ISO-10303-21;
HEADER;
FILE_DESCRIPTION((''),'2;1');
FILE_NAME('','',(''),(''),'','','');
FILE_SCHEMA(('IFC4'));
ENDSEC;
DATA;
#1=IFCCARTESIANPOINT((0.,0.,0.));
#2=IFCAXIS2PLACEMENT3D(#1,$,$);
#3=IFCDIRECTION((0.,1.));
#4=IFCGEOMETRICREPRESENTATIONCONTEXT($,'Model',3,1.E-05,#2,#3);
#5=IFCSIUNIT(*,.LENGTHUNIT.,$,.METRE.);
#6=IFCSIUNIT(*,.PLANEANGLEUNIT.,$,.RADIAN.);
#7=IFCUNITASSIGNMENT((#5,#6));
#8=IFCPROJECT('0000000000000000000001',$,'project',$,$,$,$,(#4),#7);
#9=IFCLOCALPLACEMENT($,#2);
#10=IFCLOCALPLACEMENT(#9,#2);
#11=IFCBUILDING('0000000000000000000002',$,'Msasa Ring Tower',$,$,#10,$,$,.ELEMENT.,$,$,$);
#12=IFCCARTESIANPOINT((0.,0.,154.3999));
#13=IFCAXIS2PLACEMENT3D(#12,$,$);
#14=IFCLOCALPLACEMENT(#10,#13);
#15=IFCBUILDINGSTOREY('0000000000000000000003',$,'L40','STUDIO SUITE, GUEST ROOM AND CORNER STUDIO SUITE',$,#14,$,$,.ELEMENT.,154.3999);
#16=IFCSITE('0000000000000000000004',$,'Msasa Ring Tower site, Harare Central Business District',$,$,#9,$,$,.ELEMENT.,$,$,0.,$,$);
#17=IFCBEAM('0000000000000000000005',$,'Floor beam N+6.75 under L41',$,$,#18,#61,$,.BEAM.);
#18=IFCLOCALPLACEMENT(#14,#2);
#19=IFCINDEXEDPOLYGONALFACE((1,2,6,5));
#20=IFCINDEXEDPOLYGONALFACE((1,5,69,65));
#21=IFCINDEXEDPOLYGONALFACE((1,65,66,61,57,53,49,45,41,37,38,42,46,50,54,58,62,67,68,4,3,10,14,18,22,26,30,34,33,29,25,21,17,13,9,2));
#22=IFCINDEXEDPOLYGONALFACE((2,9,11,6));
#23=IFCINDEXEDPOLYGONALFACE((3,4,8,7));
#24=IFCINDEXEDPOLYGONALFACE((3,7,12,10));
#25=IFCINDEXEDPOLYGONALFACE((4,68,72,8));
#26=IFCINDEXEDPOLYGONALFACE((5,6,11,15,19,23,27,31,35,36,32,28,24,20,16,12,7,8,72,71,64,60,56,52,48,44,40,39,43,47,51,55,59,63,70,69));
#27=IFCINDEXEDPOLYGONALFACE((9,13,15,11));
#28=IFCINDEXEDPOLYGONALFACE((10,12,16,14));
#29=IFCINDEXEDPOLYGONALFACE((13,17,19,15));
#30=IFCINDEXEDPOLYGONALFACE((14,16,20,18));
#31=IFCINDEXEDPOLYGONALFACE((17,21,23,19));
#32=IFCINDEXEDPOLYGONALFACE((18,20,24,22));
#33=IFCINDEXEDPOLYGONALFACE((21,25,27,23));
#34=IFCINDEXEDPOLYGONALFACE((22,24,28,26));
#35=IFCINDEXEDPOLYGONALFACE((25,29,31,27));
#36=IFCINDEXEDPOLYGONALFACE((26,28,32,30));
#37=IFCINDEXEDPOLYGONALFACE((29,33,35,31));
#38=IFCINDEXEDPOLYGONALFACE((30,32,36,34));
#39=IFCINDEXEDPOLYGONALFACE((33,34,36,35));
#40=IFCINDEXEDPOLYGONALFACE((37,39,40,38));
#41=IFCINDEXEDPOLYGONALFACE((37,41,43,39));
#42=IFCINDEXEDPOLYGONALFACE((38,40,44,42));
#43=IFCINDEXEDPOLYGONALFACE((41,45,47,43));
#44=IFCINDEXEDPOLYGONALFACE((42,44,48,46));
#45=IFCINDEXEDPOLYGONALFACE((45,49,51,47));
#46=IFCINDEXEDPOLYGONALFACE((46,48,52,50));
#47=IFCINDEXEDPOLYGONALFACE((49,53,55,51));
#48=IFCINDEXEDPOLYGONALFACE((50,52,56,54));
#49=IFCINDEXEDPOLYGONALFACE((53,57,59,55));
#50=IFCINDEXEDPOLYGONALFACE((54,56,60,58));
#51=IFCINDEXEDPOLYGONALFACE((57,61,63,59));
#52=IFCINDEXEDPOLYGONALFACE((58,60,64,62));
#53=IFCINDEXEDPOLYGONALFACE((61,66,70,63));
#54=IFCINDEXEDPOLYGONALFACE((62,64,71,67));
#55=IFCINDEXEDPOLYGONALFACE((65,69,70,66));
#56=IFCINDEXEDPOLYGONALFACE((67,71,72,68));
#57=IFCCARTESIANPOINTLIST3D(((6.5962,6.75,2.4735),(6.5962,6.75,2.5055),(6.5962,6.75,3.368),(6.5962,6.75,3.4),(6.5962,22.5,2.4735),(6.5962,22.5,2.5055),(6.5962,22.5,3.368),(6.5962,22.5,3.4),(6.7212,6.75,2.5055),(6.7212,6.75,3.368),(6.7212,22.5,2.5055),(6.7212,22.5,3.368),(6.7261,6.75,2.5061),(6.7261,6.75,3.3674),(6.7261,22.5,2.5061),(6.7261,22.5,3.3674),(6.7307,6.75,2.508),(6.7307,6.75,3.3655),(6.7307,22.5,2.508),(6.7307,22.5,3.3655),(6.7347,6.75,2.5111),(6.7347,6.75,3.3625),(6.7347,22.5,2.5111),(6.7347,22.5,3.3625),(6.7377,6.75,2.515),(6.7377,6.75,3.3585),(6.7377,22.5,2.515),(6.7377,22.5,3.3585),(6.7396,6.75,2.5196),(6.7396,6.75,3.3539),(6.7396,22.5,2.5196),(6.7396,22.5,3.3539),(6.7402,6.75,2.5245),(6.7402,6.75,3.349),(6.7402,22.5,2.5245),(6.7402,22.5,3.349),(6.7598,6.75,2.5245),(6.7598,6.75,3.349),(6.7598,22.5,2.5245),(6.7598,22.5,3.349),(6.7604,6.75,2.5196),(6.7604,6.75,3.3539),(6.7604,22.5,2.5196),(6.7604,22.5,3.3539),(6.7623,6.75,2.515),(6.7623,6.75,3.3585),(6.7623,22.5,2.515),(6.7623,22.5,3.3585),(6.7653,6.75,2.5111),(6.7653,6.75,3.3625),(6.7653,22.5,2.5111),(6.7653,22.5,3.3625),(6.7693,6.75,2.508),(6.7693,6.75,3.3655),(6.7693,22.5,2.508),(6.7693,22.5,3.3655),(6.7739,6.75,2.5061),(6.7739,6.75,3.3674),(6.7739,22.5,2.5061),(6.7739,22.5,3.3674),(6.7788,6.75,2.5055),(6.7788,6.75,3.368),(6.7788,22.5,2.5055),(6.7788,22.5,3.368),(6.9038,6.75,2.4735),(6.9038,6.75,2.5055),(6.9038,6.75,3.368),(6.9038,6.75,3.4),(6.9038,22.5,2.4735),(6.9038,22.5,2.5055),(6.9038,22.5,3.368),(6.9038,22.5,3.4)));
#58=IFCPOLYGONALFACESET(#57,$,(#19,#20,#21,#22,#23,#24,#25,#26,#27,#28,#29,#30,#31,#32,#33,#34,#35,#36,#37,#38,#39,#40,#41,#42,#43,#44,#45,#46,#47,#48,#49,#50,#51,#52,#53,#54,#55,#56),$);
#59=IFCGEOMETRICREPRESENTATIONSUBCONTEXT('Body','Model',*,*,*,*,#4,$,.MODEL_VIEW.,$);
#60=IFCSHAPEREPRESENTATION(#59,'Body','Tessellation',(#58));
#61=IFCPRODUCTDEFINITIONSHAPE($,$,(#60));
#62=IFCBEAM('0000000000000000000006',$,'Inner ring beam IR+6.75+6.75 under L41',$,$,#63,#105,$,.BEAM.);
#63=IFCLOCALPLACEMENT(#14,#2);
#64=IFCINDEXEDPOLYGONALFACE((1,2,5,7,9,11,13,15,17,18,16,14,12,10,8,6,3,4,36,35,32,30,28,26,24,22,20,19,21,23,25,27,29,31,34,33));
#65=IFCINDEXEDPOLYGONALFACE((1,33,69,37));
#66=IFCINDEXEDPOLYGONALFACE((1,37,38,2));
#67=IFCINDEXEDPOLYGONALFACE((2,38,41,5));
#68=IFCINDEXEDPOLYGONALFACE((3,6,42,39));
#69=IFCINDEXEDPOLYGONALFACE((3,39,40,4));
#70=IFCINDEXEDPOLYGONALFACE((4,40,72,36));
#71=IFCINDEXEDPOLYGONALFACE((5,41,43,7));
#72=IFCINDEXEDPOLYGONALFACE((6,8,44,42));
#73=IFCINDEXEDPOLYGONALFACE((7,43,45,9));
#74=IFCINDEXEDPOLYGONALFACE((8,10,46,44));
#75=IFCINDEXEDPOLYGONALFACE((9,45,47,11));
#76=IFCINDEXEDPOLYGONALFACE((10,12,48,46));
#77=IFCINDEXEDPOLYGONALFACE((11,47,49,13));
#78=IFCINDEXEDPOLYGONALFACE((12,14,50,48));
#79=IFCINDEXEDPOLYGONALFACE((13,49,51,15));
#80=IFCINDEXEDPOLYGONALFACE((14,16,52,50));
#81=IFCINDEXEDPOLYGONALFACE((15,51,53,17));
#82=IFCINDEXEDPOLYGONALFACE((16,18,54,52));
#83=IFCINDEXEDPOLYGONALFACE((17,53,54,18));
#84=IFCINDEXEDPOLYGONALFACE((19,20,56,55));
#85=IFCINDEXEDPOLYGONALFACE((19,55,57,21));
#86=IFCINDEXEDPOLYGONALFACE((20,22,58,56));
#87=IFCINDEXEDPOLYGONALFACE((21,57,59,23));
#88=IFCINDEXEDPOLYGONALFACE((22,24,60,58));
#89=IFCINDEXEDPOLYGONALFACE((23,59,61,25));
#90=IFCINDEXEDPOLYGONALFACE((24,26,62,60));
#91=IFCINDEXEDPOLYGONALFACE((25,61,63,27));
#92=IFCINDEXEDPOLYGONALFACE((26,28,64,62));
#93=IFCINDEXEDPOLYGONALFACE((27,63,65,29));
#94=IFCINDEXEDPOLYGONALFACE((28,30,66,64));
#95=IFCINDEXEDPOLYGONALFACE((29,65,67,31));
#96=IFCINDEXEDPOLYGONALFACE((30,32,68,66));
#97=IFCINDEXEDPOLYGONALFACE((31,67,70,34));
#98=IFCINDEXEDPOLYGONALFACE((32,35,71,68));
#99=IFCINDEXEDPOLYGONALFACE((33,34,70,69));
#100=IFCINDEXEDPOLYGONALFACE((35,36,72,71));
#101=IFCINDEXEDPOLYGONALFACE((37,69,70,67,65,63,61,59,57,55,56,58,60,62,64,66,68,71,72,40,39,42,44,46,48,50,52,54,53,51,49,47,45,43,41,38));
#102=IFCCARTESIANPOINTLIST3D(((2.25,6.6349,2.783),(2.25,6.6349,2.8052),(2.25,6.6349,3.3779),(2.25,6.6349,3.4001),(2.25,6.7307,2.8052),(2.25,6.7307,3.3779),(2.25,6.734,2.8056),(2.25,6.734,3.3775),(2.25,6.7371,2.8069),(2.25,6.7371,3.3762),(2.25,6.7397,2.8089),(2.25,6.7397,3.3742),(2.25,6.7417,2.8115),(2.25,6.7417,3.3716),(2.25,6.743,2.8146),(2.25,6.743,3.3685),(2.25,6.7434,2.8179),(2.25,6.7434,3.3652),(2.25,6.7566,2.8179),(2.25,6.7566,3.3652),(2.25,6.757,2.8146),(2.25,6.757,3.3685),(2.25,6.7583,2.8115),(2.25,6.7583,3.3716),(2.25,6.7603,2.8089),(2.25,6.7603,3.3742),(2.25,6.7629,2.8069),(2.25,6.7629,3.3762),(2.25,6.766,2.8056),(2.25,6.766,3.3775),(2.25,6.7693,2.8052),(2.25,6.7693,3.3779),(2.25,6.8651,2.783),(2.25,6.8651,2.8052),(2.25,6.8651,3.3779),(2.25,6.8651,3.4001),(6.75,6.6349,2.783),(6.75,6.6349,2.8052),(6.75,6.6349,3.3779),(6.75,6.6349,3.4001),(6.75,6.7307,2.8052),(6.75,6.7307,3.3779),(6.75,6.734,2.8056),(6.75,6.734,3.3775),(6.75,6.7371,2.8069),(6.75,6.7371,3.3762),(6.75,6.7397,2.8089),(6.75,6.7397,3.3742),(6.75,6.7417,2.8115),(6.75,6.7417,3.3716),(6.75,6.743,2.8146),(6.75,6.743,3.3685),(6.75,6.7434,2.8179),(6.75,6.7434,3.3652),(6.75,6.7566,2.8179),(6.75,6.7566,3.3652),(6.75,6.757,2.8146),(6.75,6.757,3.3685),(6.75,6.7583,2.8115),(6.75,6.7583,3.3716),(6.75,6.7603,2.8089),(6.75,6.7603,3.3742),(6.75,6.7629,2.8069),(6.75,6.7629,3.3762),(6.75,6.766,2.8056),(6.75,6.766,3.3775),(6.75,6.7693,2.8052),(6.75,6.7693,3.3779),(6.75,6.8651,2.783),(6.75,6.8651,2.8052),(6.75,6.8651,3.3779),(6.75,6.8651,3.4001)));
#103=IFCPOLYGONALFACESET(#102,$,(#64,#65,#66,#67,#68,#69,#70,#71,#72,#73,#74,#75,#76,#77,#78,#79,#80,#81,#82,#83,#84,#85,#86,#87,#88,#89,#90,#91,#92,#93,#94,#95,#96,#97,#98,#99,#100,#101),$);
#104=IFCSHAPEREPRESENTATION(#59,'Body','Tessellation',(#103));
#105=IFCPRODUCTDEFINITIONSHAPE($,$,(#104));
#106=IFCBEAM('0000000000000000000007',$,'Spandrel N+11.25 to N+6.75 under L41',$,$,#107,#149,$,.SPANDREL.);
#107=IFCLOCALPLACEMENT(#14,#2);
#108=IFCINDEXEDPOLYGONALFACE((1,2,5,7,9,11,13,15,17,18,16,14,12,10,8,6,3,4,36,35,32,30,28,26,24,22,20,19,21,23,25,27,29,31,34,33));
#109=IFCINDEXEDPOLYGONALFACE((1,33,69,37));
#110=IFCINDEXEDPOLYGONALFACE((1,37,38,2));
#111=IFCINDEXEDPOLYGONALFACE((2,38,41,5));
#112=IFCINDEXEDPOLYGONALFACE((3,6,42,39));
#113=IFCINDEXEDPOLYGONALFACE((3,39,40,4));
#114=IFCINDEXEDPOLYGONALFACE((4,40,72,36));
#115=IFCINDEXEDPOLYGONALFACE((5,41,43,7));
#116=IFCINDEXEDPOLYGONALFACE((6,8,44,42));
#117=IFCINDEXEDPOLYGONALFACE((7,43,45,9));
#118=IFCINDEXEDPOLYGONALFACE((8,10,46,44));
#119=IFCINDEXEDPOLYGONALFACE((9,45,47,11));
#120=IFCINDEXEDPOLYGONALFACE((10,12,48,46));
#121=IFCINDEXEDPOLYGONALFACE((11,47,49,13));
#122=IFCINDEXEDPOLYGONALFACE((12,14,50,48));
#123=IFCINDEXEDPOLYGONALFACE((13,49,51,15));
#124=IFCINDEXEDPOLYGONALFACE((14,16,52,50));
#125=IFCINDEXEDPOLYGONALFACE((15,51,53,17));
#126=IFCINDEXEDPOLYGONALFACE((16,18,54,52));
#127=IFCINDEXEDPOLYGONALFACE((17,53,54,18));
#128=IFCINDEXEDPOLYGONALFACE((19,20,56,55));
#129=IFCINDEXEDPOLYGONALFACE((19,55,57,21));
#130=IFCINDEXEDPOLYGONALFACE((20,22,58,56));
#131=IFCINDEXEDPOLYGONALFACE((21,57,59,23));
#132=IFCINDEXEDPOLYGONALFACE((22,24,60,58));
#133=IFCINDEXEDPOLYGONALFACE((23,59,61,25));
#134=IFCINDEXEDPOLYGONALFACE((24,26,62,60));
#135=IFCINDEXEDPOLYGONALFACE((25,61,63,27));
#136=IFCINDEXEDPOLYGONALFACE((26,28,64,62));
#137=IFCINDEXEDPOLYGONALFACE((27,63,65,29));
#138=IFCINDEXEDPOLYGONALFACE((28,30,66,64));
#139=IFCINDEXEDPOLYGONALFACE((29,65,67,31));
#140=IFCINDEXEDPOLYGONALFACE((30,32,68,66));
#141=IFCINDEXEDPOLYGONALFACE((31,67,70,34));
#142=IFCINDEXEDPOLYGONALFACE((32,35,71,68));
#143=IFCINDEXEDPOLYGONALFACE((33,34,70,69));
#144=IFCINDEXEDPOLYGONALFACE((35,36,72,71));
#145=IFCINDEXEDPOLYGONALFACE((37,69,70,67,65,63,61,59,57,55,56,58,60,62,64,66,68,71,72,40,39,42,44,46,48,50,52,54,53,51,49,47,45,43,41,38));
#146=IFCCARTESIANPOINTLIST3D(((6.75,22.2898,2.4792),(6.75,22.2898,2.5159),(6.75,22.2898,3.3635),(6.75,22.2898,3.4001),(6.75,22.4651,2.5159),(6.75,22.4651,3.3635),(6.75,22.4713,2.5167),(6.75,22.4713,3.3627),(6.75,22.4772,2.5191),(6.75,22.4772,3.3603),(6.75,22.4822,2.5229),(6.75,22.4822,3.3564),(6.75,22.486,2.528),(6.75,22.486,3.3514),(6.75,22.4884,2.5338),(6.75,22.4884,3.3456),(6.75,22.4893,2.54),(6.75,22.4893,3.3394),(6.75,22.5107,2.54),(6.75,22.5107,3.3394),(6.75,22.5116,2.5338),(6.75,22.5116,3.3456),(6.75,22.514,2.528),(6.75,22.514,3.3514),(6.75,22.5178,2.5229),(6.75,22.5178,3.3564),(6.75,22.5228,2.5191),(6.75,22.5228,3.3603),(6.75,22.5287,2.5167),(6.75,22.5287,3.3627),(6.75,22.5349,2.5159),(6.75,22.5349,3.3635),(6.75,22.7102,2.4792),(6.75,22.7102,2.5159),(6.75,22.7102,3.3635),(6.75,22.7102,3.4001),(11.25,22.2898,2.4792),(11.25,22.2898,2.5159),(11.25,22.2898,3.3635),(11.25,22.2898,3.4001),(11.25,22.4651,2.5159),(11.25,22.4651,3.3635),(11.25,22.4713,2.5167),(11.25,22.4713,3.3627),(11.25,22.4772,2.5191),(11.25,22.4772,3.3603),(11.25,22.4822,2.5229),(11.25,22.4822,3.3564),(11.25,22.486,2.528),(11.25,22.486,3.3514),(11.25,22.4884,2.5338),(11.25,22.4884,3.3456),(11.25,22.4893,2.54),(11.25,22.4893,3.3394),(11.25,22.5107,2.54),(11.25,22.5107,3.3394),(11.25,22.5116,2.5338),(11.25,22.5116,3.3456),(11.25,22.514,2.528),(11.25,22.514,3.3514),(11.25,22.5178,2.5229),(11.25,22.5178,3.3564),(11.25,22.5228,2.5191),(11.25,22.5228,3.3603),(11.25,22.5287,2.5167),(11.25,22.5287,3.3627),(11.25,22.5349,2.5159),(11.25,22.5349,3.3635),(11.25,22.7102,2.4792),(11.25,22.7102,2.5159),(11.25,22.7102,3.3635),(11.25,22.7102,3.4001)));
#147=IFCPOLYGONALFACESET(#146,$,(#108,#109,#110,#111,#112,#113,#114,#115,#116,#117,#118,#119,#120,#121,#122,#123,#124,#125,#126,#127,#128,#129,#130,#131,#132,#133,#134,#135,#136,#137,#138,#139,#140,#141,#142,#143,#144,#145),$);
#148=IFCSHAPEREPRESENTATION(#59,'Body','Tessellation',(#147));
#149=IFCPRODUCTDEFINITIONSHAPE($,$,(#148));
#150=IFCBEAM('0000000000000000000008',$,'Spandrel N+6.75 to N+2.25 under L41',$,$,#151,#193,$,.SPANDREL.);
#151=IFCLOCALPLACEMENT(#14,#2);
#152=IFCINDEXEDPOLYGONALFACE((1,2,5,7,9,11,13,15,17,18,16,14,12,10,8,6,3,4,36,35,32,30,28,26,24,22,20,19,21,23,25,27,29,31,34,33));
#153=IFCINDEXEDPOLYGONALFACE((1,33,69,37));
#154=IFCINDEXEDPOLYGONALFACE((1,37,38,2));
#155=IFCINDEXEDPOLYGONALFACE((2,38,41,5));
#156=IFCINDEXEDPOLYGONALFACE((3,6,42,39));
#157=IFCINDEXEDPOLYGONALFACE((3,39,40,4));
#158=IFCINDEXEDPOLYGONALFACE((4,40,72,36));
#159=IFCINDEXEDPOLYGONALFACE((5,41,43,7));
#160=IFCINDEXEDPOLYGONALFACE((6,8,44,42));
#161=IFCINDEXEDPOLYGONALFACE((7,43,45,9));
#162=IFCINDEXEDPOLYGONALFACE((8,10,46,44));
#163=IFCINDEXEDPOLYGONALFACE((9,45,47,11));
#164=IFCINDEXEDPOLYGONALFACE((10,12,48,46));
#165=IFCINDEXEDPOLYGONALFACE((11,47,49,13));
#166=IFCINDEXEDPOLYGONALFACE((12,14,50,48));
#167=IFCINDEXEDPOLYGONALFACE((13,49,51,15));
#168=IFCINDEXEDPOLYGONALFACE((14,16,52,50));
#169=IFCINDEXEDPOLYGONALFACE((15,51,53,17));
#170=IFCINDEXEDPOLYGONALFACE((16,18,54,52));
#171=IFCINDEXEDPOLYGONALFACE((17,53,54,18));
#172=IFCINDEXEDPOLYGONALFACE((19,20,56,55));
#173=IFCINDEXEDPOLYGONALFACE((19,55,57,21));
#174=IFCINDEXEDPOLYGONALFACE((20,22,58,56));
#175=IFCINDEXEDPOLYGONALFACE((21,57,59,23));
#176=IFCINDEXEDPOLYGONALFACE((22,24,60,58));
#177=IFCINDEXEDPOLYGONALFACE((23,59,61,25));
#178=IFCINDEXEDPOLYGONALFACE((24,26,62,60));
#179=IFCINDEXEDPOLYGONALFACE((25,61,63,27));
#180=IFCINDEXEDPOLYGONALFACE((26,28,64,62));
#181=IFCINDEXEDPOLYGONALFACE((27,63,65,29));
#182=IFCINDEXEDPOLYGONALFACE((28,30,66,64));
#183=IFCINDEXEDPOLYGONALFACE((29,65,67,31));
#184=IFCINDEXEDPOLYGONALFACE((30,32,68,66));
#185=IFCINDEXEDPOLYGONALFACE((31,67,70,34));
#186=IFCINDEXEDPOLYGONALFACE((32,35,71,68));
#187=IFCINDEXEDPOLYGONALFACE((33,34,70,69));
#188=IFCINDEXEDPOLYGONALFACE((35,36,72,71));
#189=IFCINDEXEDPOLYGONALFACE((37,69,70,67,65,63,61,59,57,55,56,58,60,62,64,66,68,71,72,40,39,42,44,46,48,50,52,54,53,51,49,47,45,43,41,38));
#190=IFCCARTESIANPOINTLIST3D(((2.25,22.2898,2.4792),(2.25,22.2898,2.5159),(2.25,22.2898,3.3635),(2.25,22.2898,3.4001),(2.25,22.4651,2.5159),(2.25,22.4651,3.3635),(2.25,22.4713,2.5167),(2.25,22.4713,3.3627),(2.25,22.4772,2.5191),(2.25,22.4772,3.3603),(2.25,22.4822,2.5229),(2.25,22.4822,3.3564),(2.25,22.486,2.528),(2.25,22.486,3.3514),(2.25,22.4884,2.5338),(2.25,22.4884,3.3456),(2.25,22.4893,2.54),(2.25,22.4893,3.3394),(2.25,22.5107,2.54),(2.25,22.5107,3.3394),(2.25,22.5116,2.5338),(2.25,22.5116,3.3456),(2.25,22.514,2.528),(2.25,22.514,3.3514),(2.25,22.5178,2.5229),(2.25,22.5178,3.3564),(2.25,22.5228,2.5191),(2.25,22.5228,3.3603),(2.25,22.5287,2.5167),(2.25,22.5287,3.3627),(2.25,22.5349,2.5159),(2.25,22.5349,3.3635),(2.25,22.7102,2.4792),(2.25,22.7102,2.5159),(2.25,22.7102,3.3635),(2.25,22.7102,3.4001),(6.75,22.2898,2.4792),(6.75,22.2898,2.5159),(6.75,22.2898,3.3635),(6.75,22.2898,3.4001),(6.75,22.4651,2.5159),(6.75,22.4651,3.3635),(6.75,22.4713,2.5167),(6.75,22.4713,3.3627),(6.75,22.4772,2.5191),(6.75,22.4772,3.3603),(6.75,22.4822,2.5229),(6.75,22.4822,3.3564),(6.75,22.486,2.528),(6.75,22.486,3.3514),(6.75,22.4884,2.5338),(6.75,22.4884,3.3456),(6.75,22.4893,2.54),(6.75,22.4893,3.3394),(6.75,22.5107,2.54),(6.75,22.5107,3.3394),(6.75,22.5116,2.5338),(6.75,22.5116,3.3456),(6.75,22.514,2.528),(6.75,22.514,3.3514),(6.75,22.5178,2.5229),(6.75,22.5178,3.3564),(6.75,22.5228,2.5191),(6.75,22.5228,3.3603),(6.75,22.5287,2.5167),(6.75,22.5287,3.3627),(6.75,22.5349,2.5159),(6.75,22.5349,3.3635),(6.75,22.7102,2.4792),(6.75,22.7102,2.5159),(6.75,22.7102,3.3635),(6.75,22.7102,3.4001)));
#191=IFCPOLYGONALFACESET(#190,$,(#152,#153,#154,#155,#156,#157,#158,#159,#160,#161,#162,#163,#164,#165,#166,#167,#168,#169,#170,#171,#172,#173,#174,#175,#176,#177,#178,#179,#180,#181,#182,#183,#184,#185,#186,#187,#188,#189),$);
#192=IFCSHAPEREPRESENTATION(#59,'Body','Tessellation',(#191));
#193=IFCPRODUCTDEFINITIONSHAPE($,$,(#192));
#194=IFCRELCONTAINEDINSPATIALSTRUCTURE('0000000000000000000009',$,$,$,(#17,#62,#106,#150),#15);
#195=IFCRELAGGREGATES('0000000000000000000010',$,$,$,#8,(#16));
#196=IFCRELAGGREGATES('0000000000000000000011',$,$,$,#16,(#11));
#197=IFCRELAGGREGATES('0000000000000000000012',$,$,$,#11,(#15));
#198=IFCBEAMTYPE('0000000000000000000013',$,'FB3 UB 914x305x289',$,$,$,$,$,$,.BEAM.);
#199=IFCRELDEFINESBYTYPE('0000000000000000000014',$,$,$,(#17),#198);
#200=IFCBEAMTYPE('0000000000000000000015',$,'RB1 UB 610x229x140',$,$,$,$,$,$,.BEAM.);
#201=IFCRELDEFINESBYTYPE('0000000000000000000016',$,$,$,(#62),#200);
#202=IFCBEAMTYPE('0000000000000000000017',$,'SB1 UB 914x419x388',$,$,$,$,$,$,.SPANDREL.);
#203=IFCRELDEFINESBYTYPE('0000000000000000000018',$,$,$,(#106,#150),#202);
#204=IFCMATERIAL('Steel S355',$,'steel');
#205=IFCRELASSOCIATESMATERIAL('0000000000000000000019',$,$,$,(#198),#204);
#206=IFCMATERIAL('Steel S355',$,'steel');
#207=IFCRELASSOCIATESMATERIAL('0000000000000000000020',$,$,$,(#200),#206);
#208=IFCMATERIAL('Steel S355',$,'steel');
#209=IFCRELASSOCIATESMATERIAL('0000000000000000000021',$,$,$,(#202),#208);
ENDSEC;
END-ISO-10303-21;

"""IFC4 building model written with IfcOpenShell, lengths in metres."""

from ifc_helpers import new_model, si_unit, direction, frame, origin, origin_2d, place, context, subcontext, project, spatial, i_section, extrude, material, material_profile, profile_set, type_object, element, save


model = new_model("IFC4")

# Units and contexts
model_context = context("Model", 3, precision=1e-05, world=origin(), true_north=direction((0.0, 1.0)))
body_context = subcontext(model_context, "Body", "Model", "MODEL_VIEW")
ifc_project = project(units=[si_unit("LENGTHUNIT", "METRE"), si_unit("PLANEANGLEUNIT", "RADIAN")], contexts=[model_context])

# Site, building, storey
site_placement = place(None, origin())
site = spatial("IfcSite", under=ifc_project, at=site_placement, Name="Msasa Ring Tower site, Harare Central Business District", CompositionType="ELEMENT", RefElevation=0.0)
building_placement = place(site_placement, origin())
building = spatial("IfcBuilding", under=site, at=building_placement, Name="Msasa Ring Tower", CompositionType="ELEMENT")
storey_placement = place(building_placement, frame((0.0, 0.0, 154.3999)))
storey = spatial("IfcBuildingStorey", under=building, at=storey_placement, Name="L40", Description="STUDIO SUITE, GUEST ROOM AND CORNER STUDIO SUITE", CompositionType="ELEMENT", Elevation=154.3999)

# Beams
ifc_material_1 = material(Name="Steel S355", Category="steel")
ifc_material_profile_1 = material_profile(ifc_material_1, i_section(OverallWidth=0.3076, OverallDepth=0.9265, WebThickness=0.0195, FlangeThickness=0.032, FilletRadius=0.019, at=origin_2d()), Name="UB 914x305x289")
ifc_profile_set_1 = profile_set([ifc_material_profile_1], Name="Steel S355")
beam_type_1 = type_object("IfcBeamType", Name="FB3 UB 914x305x289", PredefinedType="BEAM", material=ifc_profile_set_1)
for number, where, z_axis, x_axis, name in (
    (1, (6.75, 22.5, 2.9368), (0.0, -1.0, 0.0), (1.0, 0.0, 0.0), "Floor beam N+6.75 under L41"),
):
    element("IfcBeam", number, at=place(storey_placement, frame(where, z_axis=z_axis, x_axis=x_axis)), inside=storey, type_object=beam_type_1, Name=name, PredefinedType="BEAM", context=body_context, shape_type="SweptSolid", body=[
        extrude(i_section(OverallWidth=0.3076, OverallDepth=0.9265, WebThickness=0.0195, FlangeThickness=0.032, FilletRadius=0.019, at=origin_2d()), origin(), (0.0, 0.0, 1.0), 15.75),
    ])
ifc_material_2 = material(Name="Steel S355", Category="steel")
ifc_material_profile_2 = material_profile(ifc_material_2, i_section(OverallWidth=0.2302, OverallDepth=0.6172, WebThickness=0.0132, FlangeThickness=0.0222, FilletRadius=0.0127, at=origin_2d()), Name="UB 610x229x140")
ifc_profile_set_2 = profile_set([ifc_material_profile_2], Name="Steel S355")
beam_type_2 = type_object("IfcBeamType", Name="RB1 UB 610x229x140", PredefinedType="BEAM", material=ifc_profile_set_2)
beam_placement = place(storey_placement, frame((6.75, 6.75, 3.0916), z_axis=(-1.0, 0.0, 0.0), x_axis=(0.0, -1.0, 0.0)))
element("IfcBeam", 2, at=beam_placement, inside=storey, type_object=beam_type_2, Name="Inner ring beam IR+6.75+6.75 under L41", PredefinedType="BEAM", context=body_context, shape_type="SweptSolid", body=[
    extrude(i_section(OverallWidth=0.2302, OverallDepth=0.6172, WebThickness=0.0132, FlangeThickness=0.0222, FilletRadius=0.0127, at=origin_2d()), origin(), (0.0, 0.0, 1.0), 4.5),
])
ifc_material_3 = material(Name="Steel S355", Category="steel")
ifc_material_profile_3 = material_profile(ifc_material_3, i_section(OverallWidth=0.4204, OverallDepth=0.9209, WebThickness=0.0215, FlangeThickness=0.0366, FilletRadius=0.0242, at=origin_2d()), Name="UB 914x419x388")
ifc_profile_set_3 = profile_set([ifc_material_profile_3], Name="Steel S355")
beam_type_3 = type_object("IfcBeamType", Name="SB1 UB 914x419x388", PredefinedType="SPANDREL", material=ifc_profile_set_3)
for number, where, z_axis, x_axis, name in (
    (3, (11.25, 22.5, 2.9397), (-1.0, 0.0, 0.0), (0.0, -1.0, 0.0), "Spandrel N+11.25 to N+6.75 under L41"),
    (4, (6.75, 22.5, 2.9397), (-1.0, 0.0, 0.0), (0.0, -1.0, 0.0), "Spandrel N+6.75 to N+2.25 under L41"),
):
    element("IfcBeam", number, at=place(storey_placement, frame(where, z_axis=z_axis, x_axis=x_axis)), inside=storey, type_object=beam_type_3, Name=name, PredefinedType="SPANDREL", context=body_context, shape_type="SweptSolid", body=[
        extrude(i_section(OverallWidth=0.4204, OverallDepth=0.9209, WebThickness=0.0215, FlangeThickness=0.0366, FilletRadius=0.0242, at=origin_2d()), origin(), (0.0, 0.0, 1.0), 4.5),
    ])

save(model, "model.ifc")
